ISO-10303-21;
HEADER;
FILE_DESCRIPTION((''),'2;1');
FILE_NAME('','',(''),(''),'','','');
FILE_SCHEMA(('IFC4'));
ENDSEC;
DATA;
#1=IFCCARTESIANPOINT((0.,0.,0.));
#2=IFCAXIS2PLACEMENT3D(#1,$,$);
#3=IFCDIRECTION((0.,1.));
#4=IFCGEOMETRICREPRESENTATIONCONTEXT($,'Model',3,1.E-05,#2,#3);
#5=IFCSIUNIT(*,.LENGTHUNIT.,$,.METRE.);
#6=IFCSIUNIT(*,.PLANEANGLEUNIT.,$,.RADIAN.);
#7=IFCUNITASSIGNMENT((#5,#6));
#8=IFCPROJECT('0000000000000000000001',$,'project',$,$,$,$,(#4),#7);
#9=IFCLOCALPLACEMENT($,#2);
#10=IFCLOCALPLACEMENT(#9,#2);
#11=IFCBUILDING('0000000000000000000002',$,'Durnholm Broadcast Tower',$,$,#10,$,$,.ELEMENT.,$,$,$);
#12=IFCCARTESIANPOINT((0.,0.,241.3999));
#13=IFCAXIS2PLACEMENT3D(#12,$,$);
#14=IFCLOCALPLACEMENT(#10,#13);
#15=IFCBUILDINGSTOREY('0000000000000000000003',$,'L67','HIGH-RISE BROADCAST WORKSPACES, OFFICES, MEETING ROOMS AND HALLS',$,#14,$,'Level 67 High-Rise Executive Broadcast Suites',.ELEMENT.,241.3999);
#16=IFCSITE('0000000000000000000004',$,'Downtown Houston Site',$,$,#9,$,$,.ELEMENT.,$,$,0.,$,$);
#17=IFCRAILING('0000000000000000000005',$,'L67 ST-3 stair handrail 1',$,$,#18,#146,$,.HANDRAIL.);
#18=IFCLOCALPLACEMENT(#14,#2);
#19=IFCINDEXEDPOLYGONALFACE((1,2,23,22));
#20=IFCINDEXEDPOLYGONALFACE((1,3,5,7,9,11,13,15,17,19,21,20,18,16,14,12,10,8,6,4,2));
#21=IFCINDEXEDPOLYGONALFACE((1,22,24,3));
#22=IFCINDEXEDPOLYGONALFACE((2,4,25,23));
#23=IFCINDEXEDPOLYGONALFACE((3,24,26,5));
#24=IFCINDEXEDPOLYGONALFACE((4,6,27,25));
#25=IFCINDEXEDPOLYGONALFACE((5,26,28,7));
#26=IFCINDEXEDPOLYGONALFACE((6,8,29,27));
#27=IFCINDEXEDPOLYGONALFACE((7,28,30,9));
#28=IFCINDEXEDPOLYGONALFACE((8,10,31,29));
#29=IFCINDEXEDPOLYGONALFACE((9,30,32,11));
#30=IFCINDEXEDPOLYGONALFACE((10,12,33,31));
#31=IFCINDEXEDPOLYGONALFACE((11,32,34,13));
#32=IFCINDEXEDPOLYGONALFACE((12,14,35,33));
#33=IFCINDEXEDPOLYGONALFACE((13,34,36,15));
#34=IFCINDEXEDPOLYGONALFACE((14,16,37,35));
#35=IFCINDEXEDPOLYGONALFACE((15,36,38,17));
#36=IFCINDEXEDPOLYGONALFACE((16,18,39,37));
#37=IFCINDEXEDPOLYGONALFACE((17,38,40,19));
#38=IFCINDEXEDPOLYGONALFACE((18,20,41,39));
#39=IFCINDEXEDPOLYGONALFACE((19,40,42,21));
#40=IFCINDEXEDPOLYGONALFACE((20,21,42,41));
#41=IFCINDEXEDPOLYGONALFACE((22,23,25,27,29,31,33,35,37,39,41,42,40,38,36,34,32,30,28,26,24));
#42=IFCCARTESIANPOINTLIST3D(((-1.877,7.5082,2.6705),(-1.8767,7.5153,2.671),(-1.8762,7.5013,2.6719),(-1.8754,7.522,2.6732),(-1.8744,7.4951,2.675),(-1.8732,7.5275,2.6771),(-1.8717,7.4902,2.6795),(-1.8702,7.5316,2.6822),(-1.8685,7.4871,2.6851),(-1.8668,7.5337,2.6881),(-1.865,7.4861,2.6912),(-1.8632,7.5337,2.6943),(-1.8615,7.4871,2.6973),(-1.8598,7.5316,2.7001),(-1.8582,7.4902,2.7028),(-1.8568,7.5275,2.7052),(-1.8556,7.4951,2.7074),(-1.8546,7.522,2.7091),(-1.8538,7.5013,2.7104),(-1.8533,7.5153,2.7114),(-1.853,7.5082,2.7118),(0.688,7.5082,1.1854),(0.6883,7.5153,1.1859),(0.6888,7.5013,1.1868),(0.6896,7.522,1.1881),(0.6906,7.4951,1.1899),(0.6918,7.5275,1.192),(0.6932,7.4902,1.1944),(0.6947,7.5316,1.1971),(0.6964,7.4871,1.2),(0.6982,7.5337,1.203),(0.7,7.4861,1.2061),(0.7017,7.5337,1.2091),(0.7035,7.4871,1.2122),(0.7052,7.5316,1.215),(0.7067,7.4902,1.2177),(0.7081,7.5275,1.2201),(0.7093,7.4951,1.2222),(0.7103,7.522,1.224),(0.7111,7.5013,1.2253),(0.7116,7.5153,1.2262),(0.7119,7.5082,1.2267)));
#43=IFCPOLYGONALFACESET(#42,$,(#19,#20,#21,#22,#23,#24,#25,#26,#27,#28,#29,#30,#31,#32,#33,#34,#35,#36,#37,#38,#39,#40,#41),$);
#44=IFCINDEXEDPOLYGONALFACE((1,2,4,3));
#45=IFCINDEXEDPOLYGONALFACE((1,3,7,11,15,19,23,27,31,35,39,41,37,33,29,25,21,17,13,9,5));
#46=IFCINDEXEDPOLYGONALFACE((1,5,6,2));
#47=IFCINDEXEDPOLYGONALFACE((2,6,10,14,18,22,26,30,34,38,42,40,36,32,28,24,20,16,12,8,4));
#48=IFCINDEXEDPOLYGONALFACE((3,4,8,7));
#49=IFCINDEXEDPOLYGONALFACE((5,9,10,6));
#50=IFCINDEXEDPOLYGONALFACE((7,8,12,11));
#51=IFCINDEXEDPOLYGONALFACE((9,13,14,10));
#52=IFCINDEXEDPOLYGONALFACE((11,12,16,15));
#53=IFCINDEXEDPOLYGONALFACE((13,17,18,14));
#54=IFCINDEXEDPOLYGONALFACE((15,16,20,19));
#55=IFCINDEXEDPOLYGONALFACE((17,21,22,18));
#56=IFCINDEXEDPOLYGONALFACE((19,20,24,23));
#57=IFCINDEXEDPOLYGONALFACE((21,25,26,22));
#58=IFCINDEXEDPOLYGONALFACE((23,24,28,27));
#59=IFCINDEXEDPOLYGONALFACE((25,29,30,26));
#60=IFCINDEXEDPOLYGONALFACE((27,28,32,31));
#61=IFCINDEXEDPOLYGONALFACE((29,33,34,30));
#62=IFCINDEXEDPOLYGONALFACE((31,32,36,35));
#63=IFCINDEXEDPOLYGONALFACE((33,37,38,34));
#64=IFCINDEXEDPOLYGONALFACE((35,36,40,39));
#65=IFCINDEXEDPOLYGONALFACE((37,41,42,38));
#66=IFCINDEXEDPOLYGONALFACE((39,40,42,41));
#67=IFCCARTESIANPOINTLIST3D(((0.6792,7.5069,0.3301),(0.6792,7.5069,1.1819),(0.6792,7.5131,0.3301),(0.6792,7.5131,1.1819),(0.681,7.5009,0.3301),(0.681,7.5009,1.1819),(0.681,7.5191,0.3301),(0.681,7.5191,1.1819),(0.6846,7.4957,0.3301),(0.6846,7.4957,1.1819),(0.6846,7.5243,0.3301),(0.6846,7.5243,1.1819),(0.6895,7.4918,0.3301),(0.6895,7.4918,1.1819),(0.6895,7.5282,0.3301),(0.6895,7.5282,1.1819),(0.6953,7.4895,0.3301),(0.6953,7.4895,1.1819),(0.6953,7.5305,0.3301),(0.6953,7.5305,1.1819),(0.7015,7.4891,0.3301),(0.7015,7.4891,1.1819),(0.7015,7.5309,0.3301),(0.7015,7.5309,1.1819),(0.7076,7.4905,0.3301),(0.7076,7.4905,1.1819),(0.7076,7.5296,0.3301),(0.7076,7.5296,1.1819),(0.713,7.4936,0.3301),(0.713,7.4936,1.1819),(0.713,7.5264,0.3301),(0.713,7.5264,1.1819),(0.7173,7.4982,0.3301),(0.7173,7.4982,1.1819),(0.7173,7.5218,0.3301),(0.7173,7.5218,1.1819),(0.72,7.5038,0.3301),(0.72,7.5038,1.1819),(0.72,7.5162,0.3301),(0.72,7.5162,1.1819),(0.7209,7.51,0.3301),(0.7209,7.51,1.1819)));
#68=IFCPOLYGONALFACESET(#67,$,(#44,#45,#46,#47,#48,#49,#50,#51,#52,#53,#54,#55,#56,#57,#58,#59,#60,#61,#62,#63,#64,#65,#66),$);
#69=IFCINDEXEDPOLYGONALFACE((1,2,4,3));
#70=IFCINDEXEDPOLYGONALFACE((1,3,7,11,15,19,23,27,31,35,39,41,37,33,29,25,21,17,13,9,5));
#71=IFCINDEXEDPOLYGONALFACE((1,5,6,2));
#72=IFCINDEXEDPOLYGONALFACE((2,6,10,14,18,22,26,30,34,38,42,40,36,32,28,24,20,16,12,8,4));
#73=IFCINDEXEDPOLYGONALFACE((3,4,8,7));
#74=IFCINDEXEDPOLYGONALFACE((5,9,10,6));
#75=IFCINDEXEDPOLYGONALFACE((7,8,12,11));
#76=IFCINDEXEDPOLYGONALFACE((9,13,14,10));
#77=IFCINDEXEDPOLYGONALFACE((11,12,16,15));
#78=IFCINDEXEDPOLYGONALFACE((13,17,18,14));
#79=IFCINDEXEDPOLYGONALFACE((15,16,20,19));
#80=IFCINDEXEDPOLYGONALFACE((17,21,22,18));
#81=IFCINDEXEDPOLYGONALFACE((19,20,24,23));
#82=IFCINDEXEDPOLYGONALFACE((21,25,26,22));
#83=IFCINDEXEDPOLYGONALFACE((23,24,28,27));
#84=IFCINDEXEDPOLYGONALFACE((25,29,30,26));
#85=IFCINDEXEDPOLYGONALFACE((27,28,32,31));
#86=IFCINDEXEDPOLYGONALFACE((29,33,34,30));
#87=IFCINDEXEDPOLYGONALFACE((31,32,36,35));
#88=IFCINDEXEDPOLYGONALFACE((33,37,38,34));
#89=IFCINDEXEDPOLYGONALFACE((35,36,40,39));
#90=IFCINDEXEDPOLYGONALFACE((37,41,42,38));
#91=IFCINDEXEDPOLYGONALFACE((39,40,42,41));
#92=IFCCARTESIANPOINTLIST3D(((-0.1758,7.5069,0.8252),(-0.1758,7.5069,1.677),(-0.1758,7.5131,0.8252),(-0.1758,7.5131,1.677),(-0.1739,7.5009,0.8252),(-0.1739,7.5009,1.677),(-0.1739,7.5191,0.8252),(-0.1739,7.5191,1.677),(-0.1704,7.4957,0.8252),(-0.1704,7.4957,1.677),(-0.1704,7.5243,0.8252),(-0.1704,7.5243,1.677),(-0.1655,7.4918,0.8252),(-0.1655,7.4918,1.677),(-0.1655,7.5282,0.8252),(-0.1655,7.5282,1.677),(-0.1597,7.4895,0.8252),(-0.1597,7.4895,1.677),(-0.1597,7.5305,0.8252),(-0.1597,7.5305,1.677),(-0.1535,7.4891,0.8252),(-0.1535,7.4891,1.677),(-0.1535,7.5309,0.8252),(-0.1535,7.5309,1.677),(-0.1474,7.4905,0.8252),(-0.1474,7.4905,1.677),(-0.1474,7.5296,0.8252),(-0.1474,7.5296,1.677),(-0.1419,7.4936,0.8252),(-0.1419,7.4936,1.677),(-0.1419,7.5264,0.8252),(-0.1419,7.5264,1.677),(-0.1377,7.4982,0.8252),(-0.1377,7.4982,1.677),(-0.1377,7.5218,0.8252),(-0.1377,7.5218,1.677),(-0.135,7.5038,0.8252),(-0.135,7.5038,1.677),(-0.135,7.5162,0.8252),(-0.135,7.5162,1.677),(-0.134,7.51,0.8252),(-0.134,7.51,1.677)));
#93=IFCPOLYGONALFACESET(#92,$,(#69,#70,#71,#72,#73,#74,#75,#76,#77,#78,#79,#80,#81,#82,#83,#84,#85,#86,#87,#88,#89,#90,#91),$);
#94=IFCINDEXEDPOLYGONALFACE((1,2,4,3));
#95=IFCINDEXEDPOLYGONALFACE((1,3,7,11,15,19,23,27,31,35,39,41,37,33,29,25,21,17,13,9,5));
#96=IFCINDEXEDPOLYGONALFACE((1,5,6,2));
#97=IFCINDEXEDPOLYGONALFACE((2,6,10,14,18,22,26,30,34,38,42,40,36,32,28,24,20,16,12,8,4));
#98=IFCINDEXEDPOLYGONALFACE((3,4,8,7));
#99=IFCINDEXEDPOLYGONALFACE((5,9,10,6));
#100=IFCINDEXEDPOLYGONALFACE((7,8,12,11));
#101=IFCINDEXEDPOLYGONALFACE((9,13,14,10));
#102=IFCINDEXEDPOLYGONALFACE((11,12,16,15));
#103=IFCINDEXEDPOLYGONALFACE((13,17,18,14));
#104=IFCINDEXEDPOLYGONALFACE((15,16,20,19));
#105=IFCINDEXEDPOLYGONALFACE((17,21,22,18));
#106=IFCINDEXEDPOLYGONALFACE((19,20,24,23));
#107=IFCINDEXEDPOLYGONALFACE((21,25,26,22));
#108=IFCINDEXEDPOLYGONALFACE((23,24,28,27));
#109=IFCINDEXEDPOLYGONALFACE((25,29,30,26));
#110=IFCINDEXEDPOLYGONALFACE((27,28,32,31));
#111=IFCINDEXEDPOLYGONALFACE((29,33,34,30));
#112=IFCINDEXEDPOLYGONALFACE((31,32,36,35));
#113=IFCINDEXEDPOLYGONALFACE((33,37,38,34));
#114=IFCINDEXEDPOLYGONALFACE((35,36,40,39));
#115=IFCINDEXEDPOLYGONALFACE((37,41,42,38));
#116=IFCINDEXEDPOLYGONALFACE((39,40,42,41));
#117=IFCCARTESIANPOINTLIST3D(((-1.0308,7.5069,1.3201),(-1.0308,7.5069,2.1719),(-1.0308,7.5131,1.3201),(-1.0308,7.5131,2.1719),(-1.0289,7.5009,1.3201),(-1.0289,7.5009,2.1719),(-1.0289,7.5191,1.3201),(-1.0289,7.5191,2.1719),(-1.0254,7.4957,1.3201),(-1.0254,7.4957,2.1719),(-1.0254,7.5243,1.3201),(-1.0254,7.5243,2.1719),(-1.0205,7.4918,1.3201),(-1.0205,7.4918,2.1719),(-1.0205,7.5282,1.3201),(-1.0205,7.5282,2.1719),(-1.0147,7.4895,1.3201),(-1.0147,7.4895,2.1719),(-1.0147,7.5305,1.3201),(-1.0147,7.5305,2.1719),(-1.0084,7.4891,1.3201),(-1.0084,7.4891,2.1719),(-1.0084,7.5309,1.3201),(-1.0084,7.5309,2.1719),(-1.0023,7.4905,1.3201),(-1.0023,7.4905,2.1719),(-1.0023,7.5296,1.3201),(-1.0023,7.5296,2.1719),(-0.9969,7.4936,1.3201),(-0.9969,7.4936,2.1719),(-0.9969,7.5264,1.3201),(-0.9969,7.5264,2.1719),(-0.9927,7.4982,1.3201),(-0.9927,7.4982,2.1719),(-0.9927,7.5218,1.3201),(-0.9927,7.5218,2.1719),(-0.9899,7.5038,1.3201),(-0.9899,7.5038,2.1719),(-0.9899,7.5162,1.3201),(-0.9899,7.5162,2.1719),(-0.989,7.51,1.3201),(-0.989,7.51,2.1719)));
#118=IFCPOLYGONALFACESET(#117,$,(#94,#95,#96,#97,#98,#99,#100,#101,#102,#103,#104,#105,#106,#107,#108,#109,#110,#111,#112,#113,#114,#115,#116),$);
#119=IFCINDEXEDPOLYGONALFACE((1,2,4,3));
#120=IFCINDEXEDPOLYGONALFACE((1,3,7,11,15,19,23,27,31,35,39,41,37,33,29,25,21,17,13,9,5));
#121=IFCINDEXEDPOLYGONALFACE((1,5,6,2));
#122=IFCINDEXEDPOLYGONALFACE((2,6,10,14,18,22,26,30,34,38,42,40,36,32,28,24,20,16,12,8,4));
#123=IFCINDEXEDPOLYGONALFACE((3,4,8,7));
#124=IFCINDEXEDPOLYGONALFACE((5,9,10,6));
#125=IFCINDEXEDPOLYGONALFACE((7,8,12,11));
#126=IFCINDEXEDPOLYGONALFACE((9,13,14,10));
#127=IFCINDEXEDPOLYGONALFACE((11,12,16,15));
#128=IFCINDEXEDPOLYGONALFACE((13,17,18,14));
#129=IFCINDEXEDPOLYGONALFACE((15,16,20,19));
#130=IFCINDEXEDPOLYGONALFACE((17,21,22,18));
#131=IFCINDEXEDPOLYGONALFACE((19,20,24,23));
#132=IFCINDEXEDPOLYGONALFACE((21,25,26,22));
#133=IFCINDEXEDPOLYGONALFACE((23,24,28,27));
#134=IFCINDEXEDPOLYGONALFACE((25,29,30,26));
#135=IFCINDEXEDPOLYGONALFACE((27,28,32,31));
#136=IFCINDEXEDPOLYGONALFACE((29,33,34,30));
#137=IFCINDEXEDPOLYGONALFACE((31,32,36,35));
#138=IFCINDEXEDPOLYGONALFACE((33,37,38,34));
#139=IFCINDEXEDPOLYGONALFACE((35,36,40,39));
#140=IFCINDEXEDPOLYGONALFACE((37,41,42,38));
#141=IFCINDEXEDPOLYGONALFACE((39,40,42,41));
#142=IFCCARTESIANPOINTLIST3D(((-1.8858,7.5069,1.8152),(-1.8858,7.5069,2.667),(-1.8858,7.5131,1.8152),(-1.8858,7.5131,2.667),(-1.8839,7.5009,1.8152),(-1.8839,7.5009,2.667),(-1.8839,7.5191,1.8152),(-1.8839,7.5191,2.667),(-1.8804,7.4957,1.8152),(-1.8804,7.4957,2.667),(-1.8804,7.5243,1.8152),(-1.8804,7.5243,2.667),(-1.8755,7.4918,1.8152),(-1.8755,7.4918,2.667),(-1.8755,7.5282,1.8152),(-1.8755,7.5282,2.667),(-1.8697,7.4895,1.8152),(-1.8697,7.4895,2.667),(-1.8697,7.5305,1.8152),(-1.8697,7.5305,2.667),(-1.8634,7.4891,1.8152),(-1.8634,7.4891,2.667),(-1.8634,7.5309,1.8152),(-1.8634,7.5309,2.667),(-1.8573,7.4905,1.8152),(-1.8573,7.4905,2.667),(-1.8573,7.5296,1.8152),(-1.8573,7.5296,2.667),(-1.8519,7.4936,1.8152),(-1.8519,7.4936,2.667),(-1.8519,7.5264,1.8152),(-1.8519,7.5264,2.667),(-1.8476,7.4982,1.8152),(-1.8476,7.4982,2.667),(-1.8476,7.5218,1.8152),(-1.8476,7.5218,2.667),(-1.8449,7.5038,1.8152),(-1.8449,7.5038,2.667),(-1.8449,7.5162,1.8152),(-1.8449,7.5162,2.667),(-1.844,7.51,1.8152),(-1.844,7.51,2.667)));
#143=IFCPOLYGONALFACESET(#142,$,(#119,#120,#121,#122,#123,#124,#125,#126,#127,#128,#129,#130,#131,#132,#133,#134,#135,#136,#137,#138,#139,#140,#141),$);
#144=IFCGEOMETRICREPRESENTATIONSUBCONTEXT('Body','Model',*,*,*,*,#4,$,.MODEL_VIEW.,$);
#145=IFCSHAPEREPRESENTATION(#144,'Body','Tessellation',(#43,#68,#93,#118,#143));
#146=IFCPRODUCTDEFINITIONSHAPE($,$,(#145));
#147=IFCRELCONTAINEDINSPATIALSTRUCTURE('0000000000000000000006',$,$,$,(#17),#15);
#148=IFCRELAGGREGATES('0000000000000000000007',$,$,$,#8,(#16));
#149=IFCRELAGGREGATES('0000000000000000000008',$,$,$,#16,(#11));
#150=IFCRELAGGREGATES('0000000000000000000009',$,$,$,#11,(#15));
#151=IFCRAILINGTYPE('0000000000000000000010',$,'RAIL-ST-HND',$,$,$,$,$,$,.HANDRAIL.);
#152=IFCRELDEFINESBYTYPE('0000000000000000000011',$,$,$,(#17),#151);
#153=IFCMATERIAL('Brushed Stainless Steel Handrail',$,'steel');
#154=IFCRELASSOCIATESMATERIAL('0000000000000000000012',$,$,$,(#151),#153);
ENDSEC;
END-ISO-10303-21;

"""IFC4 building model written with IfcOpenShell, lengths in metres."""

from ifc_helpers import new_model, si_unit, direction, frame, origin, origin_2d, place, context, subcontext, project, spatial, circle, extrude, material, type_object, element, save


model = new_model("IFC4")

# Units and contexts
model_context = context("Model", 3, precision=1e-05, world=origin(), true_north=direction((0.0, 1.0)))
body_context = subcontext(model_context, "Body", "Model", "MODEL_VIEW")
ifc_project = project(units=[si_unit("LENGTHUNIT", "METRE"), si_unit("PLANEANGLEUNIT", "RADIAN")], contexts=[model_context])

# Site, building, storey
site_placement = place(None, origin())
site = spatial("IfcSite", under=ifc_project, at=site_placement, Name="Downtown Houston Site", CompositionType="ELEMENT", RefElevation=0.0)
building_placement = place(site_placement, origin())
building = spatial("IfcBuilding", under=site, at=building_placement, Name="Durnholm Broadcast Tower", CompositionType="ELEMENT")
storey_placement = place(building_placement, frame((0.0, 0.0, 241.3999)))
storey = spatial("IfcBuildingStorey", under=building, at=storey_placement, Name="L67", Description="HIGH-RISE BROADCAST WORKSPACES, OFFICES, MEETING ROOMS AND HALLS", LongName="Level 67 High-Rise Executive Broadcast Suites", CompositionType="ELEMENT", Elevation=241.3999)

# Railing
ifc_material_1 = material(Name="Brushed Stainless Steel Handrail", Category="steel")
railing_type_1 = type_object("IfcRailingType", Name="RAIL-ST-HND", PredefinedType="HANDRAIL", material=ifc_material_1)
railing_1_placement = place(storey_placement, frame((0.7, 7.51, 0.3301)))
element("IfcRailing", 1, at=railing_1_placement, inside=storey, type_object=railing_type_1, Name="L67 ST-3 stair handrail 1", PredefinedType="HANDRAIL", context=body_context, shape_type="SweptSolid", body=[
    extrude(circle(Radius=0.0239, at=origin_2d()), frame((0.0, 0.0, 0.876), z_axis=(-0.865406, 0.0, 0.501072), x_axis=(0.0, -1.0, 0.0)), (0.0, 0.0, 1.0), 2.9639),
    extrude(circle(Radius=0.021, at=origin_2d()), origin(), (0.0, 0.0, 1.0), 0.8518),
    extrude(circle(Radius=0.021, at=origin_2d()), frame((-0.855, 0.0, 0.4951)), (0.0, 0.0, 1.0), 0.8518),
    extrude(circle(Radius=0.021, at=origin_2d()), frame((-1.71, 0.0, 0.99)), (0.0, 0.0, 1.0), 0.8518),
    extrude(circle(Radius=0.021, at=origin_2d()), frame((-2.5649, 0.0, 1.4851)), (0.0, 0.0, 1.0), 0.8518),
])

save(model, "model.ifc")
